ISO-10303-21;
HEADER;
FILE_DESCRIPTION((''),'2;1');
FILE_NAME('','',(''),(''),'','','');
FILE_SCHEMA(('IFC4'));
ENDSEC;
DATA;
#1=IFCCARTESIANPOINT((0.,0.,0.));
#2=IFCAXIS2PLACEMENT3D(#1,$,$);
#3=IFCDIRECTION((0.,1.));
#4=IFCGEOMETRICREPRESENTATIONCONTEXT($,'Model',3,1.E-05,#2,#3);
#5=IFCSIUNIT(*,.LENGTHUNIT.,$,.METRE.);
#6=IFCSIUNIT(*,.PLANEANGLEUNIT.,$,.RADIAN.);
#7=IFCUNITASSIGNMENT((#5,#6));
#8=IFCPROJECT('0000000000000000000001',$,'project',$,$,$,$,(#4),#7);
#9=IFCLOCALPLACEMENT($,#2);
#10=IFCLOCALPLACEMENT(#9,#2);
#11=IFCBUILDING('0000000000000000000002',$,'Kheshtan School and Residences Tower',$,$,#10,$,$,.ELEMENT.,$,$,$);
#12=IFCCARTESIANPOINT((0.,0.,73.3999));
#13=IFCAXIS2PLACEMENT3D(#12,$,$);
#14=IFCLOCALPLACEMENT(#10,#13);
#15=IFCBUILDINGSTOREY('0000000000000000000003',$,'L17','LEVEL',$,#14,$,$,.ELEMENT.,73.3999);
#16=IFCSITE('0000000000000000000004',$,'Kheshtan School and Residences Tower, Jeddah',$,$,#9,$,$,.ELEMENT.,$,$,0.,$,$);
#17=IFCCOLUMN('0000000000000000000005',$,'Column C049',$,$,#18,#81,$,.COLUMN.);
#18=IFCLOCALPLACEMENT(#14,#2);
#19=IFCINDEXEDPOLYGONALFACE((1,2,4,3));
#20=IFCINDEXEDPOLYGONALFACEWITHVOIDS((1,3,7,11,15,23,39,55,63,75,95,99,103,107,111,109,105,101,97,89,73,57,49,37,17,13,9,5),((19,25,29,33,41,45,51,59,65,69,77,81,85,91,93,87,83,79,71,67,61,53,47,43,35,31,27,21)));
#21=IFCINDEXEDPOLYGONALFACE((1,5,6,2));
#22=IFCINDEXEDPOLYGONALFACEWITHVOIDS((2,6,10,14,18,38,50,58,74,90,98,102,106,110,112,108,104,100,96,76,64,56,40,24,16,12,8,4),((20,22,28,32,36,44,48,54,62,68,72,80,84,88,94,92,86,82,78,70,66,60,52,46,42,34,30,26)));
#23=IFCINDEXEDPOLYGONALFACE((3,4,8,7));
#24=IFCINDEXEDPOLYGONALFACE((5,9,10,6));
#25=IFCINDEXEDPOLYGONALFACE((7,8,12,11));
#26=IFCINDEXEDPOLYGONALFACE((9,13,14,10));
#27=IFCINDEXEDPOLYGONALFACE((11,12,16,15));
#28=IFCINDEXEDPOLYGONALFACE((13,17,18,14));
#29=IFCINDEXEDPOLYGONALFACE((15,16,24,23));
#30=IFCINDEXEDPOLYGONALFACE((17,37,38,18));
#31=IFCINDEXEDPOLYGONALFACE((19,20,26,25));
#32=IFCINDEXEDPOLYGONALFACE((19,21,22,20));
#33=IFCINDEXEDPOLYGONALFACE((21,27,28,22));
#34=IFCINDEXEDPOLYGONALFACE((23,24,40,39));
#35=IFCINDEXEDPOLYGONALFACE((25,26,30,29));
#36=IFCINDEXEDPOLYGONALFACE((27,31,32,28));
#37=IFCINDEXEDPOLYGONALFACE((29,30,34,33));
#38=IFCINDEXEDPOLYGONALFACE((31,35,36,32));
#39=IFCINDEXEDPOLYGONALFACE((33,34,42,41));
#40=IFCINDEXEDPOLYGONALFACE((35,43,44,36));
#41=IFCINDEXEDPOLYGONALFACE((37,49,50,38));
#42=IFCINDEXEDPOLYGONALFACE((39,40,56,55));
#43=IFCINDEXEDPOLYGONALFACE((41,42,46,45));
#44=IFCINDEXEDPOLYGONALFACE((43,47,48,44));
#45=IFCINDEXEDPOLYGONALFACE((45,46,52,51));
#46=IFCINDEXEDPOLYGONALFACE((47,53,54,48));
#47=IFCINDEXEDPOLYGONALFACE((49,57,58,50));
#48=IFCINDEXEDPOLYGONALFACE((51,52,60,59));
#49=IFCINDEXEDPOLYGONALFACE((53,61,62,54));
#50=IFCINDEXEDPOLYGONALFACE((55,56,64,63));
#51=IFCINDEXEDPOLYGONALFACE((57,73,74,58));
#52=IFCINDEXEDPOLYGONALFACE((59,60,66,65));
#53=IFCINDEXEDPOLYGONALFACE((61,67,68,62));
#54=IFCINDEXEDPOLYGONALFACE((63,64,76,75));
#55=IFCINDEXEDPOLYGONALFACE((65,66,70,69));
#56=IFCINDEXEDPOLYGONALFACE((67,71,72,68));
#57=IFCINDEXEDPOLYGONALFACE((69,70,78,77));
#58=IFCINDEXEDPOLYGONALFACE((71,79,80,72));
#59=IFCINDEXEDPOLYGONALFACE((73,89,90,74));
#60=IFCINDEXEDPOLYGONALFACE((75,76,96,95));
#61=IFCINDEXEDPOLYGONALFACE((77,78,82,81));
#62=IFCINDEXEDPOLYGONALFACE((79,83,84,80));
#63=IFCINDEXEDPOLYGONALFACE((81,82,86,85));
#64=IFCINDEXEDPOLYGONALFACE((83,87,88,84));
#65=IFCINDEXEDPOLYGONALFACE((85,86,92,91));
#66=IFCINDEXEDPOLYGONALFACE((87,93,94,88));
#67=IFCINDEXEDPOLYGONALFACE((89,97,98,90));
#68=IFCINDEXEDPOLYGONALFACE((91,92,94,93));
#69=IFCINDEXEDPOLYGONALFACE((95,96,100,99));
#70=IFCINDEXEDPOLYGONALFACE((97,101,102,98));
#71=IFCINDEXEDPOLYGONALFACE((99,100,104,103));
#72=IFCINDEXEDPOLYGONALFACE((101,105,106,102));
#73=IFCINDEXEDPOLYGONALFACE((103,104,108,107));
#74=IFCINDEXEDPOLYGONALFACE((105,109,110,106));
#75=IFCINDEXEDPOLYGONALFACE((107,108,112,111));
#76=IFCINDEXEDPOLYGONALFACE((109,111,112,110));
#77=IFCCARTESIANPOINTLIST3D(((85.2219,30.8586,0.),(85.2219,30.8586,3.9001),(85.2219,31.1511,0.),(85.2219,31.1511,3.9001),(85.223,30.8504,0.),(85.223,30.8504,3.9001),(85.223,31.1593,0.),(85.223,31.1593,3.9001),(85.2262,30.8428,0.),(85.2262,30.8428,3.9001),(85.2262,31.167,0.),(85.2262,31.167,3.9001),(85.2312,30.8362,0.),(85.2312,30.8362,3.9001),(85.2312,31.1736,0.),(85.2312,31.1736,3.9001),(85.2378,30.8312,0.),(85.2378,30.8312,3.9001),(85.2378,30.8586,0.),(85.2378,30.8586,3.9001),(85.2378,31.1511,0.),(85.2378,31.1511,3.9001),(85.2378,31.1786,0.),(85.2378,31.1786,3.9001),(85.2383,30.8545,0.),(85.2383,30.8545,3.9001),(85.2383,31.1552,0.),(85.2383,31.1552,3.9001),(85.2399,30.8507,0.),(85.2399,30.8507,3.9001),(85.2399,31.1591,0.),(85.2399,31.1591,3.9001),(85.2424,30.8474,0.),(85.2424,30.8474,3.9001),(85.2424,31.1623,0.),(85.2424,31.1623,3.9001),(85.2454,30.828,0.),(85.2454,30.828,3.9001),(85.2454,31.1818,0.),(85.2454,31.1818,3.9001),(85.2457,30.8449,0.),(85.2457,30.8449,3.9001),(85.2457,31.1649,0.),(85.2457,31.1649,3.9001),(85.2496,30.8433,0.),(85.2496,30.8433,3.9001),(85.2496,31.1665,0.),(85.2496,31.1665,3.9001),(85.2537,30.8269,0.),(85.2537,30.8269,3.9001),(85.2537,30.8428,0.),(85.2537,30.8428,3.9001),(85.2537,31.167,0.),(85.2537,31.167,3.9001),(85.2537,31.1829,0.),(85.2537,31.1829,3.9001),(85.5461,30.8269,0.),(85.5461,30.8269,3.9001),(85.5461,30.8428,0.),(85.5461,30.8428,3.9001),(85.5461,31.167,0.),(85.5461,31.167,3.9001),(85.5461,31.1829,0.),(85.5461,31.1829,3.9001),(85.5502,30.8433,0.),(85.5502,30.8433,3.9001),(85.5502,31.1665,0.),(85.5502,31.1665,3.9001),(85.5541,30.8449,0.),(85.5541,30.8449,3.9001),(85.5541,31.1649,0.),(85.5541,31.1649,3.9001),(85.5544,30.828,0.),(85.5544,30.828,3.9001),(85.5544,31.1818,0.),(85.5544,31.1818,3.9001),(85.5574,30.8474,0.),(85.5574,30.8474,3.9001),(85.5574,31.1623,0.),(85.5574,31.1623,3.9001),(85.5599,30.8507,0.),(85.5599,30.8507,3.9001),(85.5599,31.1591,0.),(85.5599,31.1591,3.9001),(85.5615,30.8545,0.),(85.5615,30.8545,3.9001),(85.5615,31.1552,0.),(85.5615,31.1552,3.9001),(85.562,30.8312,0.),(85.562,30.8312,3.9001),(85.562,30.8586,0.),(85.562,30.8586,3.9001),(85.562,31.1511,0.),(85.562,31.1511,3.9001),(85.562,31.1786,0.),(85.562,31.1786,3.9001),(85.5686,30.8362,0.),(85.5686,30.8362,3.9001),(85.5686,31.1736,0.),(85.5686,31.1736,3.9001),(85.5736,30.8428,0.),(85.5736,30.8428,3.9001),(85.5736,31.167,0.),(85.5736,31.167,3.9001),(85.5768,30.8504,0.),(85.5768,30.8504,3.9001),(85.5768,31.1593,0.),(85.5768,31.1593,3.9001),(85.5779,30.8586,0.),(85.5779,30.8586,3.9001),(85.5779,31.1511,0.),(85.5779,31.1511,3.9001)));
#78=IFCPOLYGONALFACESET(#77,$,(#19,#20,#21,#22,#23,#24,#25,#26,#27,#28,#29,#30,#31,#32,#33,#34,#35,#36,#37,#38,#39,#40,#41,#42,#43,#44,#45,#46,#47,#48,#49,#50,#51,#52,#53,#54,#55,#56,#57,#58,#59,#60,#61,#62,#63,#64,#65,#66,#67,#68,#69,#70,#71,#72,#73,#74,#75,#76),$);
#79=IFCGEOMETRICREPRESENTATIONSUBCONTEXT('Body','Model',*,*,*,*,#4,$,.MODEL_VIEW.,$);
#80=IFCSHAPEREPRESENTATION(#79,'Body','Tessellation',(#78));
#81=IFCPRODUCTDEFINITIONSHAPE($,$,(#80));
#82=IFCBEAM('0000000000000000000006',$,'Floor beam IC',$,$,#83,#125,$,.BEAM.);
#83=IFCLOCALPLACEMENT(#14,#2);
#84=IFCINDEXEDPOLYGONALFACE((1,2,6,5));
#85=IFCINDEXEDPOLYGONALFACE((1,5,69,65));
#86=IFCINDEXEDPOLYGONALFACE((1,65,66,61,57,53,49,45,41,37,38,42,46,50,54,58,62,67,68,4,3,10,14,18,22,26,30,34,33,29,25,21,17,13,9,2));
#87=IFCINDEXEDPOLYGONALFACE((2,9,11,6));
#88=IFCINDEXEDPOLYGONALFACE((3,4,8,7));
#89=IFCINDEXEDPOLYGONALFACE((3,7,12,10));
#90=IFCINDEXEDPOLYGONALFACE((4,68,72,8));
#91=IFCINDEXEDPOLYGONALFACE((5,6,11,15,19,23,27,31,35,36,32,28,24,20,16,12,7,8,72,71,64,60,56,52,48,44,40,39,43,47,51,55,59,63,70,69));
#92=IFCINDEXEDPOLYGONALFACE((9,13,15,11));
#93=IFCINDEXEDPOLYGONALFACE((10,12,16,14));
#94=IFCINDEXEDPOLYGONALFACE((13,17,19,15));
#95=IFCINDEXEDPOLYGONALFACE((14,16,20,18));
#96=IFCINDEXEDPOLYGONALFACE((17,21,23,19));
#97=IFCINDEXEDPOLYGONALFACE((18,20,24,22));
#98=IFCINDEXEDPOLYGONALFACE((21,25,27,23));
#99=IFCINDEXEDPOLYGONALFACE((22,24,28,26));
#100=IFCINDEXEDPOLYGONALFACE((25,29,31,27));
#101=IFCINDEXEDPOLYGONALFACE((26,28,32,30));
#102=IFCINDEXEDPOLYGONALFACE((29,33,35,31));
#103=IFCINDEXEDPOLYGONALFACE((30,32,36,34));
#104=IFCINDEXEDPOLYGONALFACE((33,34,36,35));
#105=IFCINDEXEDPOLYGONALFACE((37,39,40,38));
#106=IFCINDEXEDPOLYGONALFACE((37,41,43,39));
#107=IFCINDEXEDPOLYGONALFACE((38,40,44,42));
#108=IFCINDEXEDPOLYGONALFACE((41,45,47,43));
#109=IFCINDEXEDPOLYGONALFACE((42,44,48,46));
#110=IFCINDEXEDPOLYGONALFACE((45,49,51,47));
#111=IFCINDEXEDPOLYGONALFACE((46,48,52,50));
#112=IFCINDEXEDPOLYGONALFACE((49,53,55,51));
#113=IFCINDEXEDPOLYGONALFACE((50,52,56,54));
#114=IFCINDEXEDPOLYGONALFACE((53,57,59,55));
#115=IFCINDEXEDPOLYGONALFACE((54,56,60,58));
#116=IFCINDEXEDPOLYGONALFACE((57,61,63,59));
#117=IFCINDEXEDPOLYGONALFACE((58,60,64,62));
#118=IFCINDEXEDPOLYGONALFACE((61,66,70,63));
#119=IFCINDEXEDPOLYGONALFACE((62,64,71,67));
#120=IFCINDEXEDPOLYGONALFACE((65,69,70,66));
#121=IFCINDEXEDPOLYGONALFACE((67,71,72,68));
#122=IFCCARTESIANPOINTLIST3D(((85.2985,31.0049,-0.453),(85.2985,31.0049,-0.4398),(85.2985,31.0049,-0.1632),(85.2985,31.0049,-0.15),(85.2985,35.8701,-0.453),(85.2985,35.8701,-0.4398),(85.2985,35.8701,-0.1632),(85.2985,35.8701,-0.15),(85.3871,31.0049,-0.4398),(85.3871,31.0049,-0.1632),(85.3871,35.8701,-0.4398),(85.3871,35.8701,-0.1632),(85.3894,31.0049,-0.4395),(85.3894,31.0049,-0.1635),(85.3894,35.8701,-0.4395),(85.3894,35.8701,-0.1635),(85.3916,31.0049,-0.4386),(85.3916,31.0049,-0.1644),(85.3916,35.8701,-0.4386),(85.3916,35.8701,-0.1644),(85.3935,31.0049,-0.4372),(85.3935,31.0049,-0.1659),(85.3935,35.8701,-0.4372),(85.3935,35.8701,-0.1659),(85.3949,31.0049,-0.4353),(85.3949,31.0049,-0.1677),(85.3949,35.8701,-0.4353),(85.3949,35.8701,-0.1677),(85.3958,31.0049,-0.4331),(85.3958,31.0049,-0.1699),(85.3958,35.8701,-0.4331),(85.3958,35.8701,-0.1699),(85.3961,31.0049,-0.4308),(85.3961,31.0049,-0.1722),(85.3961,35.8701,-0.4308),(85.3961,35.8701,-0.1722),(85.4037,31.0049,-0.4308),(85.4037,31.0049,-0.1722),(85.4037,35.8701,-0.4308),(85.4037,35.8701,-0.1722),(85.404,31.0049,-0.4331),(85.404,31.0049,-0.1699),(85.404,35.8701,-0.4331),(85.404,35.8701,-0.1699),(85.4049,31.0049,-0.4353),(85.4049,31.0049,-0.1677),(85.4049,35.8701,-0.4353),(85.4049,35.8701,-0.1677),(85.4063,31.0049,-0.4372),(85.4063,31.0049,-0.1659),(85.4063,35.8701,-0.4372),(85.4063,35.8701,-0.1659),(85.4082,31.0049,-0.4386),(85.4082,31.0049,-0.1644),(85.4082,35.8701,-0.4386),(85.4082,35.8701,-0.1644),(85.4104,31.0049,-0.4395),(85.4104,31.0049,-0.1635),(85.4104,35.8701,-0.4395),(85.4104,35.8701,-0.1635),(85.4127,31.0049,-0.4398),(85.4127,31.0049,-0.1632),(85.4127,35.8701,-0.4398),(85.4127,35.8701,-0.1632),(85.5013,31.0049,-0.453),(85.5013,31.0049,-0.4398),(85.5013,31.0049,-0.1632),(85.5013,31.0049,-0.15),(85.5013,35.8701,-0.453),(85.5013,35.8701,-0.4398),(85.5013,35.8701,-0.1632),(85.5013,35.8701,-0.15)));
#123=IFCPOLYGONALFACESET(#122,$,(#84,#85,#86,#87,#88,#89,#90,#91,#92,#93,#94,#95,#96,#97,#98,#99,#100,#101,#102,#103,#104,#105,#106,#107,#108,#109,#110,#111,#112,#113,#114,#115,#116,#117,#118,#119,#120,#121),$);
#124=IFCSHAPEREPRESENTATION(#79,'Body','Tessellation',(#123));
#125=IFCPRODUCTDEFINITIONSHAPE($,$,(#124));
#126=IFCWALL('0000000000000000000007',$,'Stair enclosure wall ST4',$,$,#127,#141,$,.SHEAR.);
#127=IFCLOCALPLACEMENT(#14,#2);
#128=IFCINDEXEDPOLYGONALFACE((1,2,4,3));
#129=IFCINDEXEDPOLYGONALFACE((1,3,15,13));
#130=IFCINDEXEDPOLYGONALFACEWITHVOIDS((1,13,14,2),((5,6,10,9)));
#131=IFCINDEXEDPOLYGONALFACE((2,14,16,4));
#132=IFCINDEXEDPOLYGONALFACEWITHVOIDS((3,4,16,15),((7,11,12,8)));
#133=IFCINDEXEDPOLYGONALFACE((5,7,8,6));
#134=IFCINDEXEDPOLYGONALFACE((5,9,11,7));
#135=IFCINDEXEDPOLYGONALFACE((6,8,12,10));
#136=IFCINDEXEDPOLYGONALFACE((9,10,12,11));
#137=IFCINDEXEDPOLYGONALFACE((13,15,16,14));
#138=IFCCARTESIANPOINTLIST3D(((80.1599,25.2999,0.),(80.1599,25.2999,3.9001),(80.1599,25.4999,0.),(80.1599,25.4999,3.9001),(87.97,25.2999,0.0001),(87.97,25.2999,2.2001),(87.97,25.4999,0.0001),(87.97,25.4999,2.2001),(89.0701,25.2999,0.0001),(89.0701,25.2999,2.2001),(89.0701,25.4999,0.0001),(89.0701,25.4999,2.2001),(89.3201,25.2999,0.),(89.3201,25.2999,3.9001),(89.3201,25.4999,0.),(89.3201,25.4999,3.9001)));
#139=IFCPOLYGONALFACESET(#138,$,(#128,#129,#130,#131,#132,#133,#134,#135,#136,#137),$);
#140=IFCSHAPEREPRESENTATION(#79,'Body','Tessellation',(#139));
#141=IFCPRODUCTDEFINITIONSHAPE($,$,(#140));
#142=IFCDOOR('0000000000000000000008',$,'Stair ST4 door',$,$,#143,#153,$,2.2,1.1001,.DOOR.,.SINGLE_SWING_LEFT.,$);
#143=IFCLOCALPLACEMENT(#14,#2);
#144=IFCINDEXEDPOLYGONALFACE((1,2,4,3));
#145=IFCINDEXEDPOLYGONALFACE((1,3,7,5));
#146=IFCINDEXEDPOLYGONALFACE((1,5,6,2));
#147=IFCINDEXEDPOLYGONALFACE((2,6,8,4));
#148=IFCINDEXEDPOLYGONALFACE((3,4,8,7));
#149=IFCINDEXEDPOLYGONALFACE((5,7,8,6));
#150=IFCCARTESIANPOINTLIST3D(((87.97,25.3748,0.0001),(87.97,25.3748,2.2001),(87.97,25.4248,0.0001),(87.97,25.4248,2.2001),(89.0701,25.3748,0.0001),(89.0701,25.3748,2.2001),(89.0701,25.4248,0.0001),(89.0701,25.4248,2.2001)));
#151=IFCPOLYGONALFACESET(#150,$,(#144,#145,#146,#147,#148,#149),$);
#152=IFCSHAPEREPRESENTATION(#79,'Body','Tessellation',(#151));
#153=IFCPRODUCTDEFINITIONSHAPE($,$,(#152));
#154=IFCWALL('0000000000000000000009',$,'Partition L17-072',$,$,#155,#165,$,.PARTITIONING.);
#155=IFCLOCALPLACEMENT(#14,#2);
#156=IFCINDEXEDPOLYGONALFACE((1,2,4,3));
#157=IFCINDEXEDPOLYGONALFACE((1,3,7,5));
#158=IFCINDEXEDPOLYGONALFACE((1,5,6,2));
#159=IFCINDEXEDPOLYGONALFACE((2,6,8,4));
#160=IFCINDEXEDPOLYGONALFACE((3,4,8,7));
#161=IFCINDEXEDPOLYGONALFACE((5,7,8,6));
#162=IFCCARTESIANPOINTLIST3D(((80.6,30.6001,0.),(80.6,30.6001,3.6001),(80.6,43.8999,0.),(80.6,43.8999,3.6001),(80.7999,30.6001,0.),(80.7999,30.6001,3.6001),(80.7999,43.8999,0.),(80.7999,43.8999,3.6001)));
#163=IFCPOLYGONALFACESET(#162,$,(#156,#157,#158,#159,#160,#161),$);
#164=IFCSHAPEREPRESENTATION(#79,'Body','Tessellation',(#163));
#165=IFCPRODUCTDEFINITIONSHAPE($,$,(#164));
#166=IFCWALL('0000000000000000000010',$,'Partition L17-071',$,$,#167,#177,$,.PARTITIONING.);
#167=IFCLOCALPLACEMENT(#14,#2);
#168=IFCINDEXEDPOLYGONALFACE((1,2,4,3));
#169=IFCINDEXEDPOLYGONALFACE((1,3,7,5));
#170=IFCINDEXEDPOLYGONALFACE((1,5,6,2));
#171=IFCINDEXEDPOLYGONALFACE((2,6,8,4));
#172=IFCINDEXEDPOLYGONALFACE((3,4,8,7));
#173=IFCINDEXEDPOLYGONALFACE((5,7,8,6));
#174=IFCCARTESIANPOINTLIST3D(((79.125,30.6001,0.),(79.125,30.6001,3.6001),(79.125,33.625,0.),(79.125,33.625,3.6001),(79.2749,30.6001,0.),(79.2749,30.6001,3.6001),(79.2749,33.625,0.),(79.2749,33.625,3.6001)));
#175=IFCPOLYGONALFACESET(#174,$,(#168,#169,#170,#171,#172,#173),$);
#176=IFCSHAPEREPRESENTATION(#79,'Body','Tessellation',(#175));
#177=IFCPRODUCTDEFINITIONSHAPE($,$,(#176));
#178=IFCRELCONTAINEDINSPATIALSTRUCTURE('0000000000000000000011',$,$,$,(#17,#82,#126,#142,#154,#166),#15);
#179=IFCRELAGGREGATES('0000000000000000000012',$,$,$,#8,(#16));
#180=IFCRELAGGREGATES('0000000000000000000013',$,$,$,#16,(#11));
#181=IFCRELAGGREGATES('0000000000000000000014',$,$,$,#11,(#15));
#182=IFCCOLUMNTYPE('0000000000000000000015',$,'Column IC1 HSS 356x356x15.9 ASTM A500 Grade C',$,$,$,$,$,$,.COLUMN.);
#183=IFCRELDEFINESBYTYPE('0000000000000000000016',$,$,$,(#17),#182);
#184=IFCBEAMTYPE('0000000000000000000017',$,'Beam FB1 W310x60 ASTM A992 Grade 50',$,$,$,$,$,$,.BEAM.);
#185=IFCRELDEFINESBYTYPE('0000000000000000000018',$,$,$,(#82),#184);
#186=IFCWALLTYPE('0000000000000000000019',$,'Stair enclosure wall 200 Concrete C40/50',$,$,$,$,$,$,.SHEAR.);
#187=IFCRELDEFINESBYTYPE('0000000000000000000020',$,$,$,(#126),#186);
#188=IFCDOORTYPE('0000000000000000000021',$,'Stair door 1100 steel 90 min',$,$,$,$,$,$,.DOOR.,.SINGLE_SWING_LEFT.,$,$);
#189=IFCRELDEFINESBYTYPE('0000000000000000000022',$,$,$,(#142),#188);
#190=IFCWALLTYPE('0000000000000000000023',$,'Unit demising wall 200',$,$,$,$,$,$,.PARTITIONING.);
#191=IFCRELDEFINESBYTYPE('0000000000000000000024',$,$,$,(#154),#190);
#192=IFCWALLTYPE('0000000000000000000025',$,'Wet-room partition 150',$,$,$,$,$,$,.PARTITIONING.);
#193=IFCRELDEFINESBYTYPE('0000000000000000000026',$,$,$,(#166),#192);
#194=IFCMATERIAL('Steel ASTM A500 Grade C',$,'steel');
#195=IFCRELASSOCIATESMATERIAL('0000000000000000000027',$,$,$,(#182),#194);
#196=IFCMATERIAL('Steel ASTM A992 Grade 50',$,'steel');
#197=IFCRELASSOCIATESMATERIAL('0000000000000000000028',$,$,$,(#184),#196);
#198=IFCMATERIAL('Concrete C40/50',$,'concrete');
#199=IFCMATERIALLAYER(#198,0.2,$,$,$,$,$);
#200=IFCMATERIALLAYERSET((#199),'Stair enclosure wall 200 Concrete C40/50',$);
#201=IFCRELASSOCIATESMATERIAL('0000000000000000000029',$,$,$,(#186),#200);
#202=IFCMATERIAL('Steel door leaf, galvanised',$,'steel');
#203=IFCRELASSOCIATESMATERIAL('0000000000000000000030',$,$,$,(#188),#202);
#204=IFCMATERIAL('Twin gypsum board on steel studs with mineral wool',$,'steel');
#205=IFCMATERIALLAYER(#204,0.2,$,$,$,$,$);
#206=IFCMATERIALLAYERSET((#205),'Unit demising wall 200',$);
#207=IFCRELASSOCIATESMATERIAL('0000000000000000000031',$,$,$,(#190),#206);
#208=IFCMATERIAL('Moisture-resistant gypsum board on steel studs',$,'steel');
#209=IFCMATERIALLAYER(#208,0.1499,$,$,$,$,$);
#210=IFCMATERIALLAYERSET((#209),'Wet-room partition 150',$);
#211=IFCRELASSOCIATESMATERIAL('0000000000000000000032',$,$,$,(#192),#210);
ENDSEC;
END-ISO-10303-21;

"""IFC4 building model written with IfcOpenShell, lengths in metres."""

from ifc_helpers import new_model, si_unit, direction, frame, frame_2d, origin, origin_2d, place, context, subcontext, project, spatial, rectangle, hollow_rectangle, i_section, extrude, source, transform, mapped, material, layer, layer_set, material_profile, profile_set, type_object, element, fill, save


model = new_model("IFC4")

# Units and contexts
model_context = context("Model", 3, precision=1e-05, world=origin(), true_north=direction((0.0, 1.0)))
body_context = subcontext(model_context, "Body", "Model", "MODEL_VIEW")
ifc_project = project(units=[si_unit("LENGTHUNIT", "METRE"), si_unit("PLANEANGLEUNIT", "RADIAN")], contexts=[model_context])

# Site, building, storey
site_placement = place(None, origin())
site = spatial("IfcSite", under=ifc_project, at=site_placement, Name="Kheshtan School and Residences Tower, Jeddah", CompositionType="ELEMENT", RefElevation=0.0)
building_placement = place(site_placement, origin())
building = spatial("IfcBuilding", under=site, at=building_placement, Name="Kheshtan School and Residences Tower", CompositionType="ELEMENT")
storey_placement = place(building_placement, frame((0.0, 0.0, 73.3999)))
storey = spatial("IfcBuildingStorey", under=building, at=storey_placement, Name="L17", Description="LEVEL", CompositionType="ELEMENT", Elevation=73.3999)

# Column
ifc_material_1 = material(Name="Steel ASTM A500 Grade C", Category="steel")
ifc_material_profile_1 = material_profile(ifc_material_1, hollow_rectangle(XDim=0.356, YDim=0.356, WallThickness=0.0159, InnerFilletRadius=0.0159, OuterFilletRadius=0.0317, at=origin_2d()), Name="HSS 356x356x15.9")
ifc_profile_set_1 = profile_set([ifc_material_profile_1], Name="Steel ASTM A500 Grade C")
column_type = type_object("IfcColumnType", Name="Column IC1 HSS 356x356x15.9 ASTM A500 Grade C", PredefinedType="COLUMN", material=ifc_profile_set_1)
column_placement = place(storey_placement, frame((85.3999, 31.0049, 0.0), z_axis=(0.0, 0.0, 1.0), x_axis=(1.0, 0.0, 0.0)))
element("IfcColumn", 1, at=column_placement, inside=storey, type_object=column_type, Name="Column C049", PredefinedType="COLUMN", context=body_context, shape_type="SweptSolid", body=[
    extrude(hollow_rectangle(XDim=0.356, YDim=0.356, WallThickness=0.0159, InnerFilletRadius=0.0159, OuterFilletRadius=0.0317, at=origin_2d()), origin(), (0.0, 0.0, 1.0), 3.9001),
])

# Beam
ifc_material_2 = material(Name="Steel ASTM A992 Grade 50", Category="steel")
ifc_material_profile_2 = material_profile(ifc_material_2, i_section(OverallWidth=0.2029, OverallDepth=0.303, WebThickness=0.0076, FlangeThickness=0.0132, FilletRadius=0.009, at=origin_2d()), Name="W310x60")
ifc_profile_set_2 = profile_set([ifc_material_profile_2], Name="Steel ASTM A992 Grade 50")
beam_type = type_object("IfcBeamType", Name="Beam FB1 W310x60 ASTM A992 Grade 50", PredefinedType="BEAM", material=ifc_profile_set_2)
beam_placement = place(storey_placement, frame((85.3999, 31.0049, -0.3015), z_axis=(0.0, 1.0, 0.0), x_axis=(-1.0, 0.0, 0.0)))
element("IfcBeam", 2, at=beam_placement, inside=storey, type_object=beam_type, Name="Floor beam IC", PredefinedType="BEAM", context=body_context, shape_type="SweptSolid", body=[
    extrude(i_section(OverallWidth=0.2029, OverallDepth=0.303, WebThickness=0.0076, FlangeThickness=0.0132, FilletRadius=0.009, at=origin_2d()), origin(), (0.0, 0.0, 1.0), 4.8652),
])

# Wall, opening, door
ifc_material_3 = material(Name="Concrete C40/50", Category="concrete")
ifc_layer_1 = layer(ifc_material_3, 0.2)
ifc_layer_set_1 = layer_set([ifc_layer_1], Name="Stair enclosure wall 200 Concrete C40/50")
wall_type_1 = type_object("IfcWallType", Name="Stair enclosure wall 200 Concrete C40/50", PredefinedType="SHEAR", material=ifc_layer_set_1)
wall_1_placement = place(storey_placement, frame((80.1599, 25.3999, 0.0), z_axis=(0.0, 0.0, 1.0), x_axis=(1.0, 0.0, 0.0)))
wall_1 = element("IfcWall", 3, at=wall_1_placement, inside=storey, type_object=wall_type_1, Name="Stair enclosure wall ST4", PredefinedType="SHEAR", context=body_context, shape_type="SweptSolid", body=[
    extrude(rectangle(XDim=9.1602, YDim=0.2, at=frame_2d((4.5801, 0.0))), origin(), (0.0, 0.0, 1.0), 3.9001),
])
opening_1_placement = place(wall_1_placement, frame((7.8101, 0.0, 0.0)))
opening_1 = element("IfcOpeningElement", 4, at=opening_1_placement, cuts=wall_1, PredefinedType="OPENING", context=body_context, shape_type="SweptSolid", body=[
    extrude(rectangle(XDim=1.1001, YDim=2.2, at=frame_2d((0.55, 1.1001))), frame((0.0, 0.1099, 0.0), z_axis=(0.0, -1.0, 0.0), x_axis=(1.0, 0.0, 0.0)), (0.0, 0.0, 1.0), 0.22),
])
ifc_material_4 = material(Name="Steel door leaf, galvanised", Category="steel")
door_type_1 = type_object("IfcDoorType", Name="Stair door 1100 steel 90 min", OperationType="SINGLE_SWING_LEFT", PredefinedType="DOOR", material=ifc_material_4)
shared_shape_1 = source(origin(), body_context, "Body", "SweptSolid", [
    extrude(rectangle(XDim=1.1001, YDim=2.2, at=frame_2d((0.55, 1.1001))), frame((0.0, 0.0249, 0.0), z_axis=(0.0, -1.0, 0.0), x_axis=(1.0, 0.0, 0.0)), (0.0, 0.0, 1.0), 0.05),
])
door_1_placement = place(opening_1_placement, origin())
door_1 = element("IfcDoor", 5, at=door_1_placement, inside=storey, type_object=door_type_1, Name="Stair ST4 door", OperationType="SINGLE_SWING_LEFT", OverallHeight=2.2, OverallWidth=1.1001, PredefinedType="DOOR", context=body_context, shape_type="MappedRepresentation", body=[
    mapped(shared_shape_1, transform((0.0, 0.0, 0.0), x_axis=(1.0, 0.0, 0.0), y_axis=(0.0, 1.0, 0.0), z_axis=(0.0, 0.0, 1.0), scale=1.0)),
])
fill(opening_1, door_1)

# Walls
ifc_material_5 = material(Name="Twin gypsum board on steel studs with mineral wool", Category="steel")
ifc_layer_2 = layer(ifc_material_5, 0.2)
ifc_layer_set_2 = layer_set([ifc_layer_2], Name="Unit demising wall 200")
wall_type_2 = type_object("IfcWallType", Name="Unit demising wall 200", PredefinedType="PARTITIONING", material=ifc_layer_set_2)
wall_2_placement = place(storey_placement, frame((80.7, 30.6001, 0.0), z_axis=(0.0, 0.0, 1.0), x_axis=(0.0, 1.0, 0.0)))
element("IfcWall", 6, at=wall_2_placement, inside=storey, type_object=wall_type_2, Name="Partition L17-072", PredefinedType="PARTITIONING", context=body_context, shape_type="SweptSolid", body=[
    extrude(rectangle(XDim=13.2998, YDim=0.2, at=frame_2d((6.6499, 0.0))), origin(), (0.0, 0.0, 1.0), 3.6001),
])
ifc_material_6 = material(Name="Moisture-resistant gypsum board on steel studs", Category="steel")
ifc_layer_3 = layer(ifc_material_6, 0.1499)
ifc_layer_set_3 = layer_set([ifc_layer_3], Name="Wet-room partition 150")
wall_type_3 = type_object("IfcWallType", Name="Wet-room partition 150", PredefinedType="PARTITIONING", material=ifc_layer_set_3)
wall_3_placement = place(storey_placement, frame((79.2, 30.6001, 0.0), z_axis=(0.0, 0.0, 1.0), x_axis=(0.0, 1.0, 0.0)))
element("IfcWall", 7, at=wall_3_placement, inside=storey, type_object=wall_type_3, Name="Partition L17-071", PredefinedType="PARTITIONING", context=body_context, shape_type="SweptSolid", body=[
    extrude(rectangle(XDim=3.0249, YDim=0.1499, at=frame_2d((1.5125, 0.0))), origin(), (0.0, 0.0, 1.0), 3.6001),
])

save(model, "model.ifc")
